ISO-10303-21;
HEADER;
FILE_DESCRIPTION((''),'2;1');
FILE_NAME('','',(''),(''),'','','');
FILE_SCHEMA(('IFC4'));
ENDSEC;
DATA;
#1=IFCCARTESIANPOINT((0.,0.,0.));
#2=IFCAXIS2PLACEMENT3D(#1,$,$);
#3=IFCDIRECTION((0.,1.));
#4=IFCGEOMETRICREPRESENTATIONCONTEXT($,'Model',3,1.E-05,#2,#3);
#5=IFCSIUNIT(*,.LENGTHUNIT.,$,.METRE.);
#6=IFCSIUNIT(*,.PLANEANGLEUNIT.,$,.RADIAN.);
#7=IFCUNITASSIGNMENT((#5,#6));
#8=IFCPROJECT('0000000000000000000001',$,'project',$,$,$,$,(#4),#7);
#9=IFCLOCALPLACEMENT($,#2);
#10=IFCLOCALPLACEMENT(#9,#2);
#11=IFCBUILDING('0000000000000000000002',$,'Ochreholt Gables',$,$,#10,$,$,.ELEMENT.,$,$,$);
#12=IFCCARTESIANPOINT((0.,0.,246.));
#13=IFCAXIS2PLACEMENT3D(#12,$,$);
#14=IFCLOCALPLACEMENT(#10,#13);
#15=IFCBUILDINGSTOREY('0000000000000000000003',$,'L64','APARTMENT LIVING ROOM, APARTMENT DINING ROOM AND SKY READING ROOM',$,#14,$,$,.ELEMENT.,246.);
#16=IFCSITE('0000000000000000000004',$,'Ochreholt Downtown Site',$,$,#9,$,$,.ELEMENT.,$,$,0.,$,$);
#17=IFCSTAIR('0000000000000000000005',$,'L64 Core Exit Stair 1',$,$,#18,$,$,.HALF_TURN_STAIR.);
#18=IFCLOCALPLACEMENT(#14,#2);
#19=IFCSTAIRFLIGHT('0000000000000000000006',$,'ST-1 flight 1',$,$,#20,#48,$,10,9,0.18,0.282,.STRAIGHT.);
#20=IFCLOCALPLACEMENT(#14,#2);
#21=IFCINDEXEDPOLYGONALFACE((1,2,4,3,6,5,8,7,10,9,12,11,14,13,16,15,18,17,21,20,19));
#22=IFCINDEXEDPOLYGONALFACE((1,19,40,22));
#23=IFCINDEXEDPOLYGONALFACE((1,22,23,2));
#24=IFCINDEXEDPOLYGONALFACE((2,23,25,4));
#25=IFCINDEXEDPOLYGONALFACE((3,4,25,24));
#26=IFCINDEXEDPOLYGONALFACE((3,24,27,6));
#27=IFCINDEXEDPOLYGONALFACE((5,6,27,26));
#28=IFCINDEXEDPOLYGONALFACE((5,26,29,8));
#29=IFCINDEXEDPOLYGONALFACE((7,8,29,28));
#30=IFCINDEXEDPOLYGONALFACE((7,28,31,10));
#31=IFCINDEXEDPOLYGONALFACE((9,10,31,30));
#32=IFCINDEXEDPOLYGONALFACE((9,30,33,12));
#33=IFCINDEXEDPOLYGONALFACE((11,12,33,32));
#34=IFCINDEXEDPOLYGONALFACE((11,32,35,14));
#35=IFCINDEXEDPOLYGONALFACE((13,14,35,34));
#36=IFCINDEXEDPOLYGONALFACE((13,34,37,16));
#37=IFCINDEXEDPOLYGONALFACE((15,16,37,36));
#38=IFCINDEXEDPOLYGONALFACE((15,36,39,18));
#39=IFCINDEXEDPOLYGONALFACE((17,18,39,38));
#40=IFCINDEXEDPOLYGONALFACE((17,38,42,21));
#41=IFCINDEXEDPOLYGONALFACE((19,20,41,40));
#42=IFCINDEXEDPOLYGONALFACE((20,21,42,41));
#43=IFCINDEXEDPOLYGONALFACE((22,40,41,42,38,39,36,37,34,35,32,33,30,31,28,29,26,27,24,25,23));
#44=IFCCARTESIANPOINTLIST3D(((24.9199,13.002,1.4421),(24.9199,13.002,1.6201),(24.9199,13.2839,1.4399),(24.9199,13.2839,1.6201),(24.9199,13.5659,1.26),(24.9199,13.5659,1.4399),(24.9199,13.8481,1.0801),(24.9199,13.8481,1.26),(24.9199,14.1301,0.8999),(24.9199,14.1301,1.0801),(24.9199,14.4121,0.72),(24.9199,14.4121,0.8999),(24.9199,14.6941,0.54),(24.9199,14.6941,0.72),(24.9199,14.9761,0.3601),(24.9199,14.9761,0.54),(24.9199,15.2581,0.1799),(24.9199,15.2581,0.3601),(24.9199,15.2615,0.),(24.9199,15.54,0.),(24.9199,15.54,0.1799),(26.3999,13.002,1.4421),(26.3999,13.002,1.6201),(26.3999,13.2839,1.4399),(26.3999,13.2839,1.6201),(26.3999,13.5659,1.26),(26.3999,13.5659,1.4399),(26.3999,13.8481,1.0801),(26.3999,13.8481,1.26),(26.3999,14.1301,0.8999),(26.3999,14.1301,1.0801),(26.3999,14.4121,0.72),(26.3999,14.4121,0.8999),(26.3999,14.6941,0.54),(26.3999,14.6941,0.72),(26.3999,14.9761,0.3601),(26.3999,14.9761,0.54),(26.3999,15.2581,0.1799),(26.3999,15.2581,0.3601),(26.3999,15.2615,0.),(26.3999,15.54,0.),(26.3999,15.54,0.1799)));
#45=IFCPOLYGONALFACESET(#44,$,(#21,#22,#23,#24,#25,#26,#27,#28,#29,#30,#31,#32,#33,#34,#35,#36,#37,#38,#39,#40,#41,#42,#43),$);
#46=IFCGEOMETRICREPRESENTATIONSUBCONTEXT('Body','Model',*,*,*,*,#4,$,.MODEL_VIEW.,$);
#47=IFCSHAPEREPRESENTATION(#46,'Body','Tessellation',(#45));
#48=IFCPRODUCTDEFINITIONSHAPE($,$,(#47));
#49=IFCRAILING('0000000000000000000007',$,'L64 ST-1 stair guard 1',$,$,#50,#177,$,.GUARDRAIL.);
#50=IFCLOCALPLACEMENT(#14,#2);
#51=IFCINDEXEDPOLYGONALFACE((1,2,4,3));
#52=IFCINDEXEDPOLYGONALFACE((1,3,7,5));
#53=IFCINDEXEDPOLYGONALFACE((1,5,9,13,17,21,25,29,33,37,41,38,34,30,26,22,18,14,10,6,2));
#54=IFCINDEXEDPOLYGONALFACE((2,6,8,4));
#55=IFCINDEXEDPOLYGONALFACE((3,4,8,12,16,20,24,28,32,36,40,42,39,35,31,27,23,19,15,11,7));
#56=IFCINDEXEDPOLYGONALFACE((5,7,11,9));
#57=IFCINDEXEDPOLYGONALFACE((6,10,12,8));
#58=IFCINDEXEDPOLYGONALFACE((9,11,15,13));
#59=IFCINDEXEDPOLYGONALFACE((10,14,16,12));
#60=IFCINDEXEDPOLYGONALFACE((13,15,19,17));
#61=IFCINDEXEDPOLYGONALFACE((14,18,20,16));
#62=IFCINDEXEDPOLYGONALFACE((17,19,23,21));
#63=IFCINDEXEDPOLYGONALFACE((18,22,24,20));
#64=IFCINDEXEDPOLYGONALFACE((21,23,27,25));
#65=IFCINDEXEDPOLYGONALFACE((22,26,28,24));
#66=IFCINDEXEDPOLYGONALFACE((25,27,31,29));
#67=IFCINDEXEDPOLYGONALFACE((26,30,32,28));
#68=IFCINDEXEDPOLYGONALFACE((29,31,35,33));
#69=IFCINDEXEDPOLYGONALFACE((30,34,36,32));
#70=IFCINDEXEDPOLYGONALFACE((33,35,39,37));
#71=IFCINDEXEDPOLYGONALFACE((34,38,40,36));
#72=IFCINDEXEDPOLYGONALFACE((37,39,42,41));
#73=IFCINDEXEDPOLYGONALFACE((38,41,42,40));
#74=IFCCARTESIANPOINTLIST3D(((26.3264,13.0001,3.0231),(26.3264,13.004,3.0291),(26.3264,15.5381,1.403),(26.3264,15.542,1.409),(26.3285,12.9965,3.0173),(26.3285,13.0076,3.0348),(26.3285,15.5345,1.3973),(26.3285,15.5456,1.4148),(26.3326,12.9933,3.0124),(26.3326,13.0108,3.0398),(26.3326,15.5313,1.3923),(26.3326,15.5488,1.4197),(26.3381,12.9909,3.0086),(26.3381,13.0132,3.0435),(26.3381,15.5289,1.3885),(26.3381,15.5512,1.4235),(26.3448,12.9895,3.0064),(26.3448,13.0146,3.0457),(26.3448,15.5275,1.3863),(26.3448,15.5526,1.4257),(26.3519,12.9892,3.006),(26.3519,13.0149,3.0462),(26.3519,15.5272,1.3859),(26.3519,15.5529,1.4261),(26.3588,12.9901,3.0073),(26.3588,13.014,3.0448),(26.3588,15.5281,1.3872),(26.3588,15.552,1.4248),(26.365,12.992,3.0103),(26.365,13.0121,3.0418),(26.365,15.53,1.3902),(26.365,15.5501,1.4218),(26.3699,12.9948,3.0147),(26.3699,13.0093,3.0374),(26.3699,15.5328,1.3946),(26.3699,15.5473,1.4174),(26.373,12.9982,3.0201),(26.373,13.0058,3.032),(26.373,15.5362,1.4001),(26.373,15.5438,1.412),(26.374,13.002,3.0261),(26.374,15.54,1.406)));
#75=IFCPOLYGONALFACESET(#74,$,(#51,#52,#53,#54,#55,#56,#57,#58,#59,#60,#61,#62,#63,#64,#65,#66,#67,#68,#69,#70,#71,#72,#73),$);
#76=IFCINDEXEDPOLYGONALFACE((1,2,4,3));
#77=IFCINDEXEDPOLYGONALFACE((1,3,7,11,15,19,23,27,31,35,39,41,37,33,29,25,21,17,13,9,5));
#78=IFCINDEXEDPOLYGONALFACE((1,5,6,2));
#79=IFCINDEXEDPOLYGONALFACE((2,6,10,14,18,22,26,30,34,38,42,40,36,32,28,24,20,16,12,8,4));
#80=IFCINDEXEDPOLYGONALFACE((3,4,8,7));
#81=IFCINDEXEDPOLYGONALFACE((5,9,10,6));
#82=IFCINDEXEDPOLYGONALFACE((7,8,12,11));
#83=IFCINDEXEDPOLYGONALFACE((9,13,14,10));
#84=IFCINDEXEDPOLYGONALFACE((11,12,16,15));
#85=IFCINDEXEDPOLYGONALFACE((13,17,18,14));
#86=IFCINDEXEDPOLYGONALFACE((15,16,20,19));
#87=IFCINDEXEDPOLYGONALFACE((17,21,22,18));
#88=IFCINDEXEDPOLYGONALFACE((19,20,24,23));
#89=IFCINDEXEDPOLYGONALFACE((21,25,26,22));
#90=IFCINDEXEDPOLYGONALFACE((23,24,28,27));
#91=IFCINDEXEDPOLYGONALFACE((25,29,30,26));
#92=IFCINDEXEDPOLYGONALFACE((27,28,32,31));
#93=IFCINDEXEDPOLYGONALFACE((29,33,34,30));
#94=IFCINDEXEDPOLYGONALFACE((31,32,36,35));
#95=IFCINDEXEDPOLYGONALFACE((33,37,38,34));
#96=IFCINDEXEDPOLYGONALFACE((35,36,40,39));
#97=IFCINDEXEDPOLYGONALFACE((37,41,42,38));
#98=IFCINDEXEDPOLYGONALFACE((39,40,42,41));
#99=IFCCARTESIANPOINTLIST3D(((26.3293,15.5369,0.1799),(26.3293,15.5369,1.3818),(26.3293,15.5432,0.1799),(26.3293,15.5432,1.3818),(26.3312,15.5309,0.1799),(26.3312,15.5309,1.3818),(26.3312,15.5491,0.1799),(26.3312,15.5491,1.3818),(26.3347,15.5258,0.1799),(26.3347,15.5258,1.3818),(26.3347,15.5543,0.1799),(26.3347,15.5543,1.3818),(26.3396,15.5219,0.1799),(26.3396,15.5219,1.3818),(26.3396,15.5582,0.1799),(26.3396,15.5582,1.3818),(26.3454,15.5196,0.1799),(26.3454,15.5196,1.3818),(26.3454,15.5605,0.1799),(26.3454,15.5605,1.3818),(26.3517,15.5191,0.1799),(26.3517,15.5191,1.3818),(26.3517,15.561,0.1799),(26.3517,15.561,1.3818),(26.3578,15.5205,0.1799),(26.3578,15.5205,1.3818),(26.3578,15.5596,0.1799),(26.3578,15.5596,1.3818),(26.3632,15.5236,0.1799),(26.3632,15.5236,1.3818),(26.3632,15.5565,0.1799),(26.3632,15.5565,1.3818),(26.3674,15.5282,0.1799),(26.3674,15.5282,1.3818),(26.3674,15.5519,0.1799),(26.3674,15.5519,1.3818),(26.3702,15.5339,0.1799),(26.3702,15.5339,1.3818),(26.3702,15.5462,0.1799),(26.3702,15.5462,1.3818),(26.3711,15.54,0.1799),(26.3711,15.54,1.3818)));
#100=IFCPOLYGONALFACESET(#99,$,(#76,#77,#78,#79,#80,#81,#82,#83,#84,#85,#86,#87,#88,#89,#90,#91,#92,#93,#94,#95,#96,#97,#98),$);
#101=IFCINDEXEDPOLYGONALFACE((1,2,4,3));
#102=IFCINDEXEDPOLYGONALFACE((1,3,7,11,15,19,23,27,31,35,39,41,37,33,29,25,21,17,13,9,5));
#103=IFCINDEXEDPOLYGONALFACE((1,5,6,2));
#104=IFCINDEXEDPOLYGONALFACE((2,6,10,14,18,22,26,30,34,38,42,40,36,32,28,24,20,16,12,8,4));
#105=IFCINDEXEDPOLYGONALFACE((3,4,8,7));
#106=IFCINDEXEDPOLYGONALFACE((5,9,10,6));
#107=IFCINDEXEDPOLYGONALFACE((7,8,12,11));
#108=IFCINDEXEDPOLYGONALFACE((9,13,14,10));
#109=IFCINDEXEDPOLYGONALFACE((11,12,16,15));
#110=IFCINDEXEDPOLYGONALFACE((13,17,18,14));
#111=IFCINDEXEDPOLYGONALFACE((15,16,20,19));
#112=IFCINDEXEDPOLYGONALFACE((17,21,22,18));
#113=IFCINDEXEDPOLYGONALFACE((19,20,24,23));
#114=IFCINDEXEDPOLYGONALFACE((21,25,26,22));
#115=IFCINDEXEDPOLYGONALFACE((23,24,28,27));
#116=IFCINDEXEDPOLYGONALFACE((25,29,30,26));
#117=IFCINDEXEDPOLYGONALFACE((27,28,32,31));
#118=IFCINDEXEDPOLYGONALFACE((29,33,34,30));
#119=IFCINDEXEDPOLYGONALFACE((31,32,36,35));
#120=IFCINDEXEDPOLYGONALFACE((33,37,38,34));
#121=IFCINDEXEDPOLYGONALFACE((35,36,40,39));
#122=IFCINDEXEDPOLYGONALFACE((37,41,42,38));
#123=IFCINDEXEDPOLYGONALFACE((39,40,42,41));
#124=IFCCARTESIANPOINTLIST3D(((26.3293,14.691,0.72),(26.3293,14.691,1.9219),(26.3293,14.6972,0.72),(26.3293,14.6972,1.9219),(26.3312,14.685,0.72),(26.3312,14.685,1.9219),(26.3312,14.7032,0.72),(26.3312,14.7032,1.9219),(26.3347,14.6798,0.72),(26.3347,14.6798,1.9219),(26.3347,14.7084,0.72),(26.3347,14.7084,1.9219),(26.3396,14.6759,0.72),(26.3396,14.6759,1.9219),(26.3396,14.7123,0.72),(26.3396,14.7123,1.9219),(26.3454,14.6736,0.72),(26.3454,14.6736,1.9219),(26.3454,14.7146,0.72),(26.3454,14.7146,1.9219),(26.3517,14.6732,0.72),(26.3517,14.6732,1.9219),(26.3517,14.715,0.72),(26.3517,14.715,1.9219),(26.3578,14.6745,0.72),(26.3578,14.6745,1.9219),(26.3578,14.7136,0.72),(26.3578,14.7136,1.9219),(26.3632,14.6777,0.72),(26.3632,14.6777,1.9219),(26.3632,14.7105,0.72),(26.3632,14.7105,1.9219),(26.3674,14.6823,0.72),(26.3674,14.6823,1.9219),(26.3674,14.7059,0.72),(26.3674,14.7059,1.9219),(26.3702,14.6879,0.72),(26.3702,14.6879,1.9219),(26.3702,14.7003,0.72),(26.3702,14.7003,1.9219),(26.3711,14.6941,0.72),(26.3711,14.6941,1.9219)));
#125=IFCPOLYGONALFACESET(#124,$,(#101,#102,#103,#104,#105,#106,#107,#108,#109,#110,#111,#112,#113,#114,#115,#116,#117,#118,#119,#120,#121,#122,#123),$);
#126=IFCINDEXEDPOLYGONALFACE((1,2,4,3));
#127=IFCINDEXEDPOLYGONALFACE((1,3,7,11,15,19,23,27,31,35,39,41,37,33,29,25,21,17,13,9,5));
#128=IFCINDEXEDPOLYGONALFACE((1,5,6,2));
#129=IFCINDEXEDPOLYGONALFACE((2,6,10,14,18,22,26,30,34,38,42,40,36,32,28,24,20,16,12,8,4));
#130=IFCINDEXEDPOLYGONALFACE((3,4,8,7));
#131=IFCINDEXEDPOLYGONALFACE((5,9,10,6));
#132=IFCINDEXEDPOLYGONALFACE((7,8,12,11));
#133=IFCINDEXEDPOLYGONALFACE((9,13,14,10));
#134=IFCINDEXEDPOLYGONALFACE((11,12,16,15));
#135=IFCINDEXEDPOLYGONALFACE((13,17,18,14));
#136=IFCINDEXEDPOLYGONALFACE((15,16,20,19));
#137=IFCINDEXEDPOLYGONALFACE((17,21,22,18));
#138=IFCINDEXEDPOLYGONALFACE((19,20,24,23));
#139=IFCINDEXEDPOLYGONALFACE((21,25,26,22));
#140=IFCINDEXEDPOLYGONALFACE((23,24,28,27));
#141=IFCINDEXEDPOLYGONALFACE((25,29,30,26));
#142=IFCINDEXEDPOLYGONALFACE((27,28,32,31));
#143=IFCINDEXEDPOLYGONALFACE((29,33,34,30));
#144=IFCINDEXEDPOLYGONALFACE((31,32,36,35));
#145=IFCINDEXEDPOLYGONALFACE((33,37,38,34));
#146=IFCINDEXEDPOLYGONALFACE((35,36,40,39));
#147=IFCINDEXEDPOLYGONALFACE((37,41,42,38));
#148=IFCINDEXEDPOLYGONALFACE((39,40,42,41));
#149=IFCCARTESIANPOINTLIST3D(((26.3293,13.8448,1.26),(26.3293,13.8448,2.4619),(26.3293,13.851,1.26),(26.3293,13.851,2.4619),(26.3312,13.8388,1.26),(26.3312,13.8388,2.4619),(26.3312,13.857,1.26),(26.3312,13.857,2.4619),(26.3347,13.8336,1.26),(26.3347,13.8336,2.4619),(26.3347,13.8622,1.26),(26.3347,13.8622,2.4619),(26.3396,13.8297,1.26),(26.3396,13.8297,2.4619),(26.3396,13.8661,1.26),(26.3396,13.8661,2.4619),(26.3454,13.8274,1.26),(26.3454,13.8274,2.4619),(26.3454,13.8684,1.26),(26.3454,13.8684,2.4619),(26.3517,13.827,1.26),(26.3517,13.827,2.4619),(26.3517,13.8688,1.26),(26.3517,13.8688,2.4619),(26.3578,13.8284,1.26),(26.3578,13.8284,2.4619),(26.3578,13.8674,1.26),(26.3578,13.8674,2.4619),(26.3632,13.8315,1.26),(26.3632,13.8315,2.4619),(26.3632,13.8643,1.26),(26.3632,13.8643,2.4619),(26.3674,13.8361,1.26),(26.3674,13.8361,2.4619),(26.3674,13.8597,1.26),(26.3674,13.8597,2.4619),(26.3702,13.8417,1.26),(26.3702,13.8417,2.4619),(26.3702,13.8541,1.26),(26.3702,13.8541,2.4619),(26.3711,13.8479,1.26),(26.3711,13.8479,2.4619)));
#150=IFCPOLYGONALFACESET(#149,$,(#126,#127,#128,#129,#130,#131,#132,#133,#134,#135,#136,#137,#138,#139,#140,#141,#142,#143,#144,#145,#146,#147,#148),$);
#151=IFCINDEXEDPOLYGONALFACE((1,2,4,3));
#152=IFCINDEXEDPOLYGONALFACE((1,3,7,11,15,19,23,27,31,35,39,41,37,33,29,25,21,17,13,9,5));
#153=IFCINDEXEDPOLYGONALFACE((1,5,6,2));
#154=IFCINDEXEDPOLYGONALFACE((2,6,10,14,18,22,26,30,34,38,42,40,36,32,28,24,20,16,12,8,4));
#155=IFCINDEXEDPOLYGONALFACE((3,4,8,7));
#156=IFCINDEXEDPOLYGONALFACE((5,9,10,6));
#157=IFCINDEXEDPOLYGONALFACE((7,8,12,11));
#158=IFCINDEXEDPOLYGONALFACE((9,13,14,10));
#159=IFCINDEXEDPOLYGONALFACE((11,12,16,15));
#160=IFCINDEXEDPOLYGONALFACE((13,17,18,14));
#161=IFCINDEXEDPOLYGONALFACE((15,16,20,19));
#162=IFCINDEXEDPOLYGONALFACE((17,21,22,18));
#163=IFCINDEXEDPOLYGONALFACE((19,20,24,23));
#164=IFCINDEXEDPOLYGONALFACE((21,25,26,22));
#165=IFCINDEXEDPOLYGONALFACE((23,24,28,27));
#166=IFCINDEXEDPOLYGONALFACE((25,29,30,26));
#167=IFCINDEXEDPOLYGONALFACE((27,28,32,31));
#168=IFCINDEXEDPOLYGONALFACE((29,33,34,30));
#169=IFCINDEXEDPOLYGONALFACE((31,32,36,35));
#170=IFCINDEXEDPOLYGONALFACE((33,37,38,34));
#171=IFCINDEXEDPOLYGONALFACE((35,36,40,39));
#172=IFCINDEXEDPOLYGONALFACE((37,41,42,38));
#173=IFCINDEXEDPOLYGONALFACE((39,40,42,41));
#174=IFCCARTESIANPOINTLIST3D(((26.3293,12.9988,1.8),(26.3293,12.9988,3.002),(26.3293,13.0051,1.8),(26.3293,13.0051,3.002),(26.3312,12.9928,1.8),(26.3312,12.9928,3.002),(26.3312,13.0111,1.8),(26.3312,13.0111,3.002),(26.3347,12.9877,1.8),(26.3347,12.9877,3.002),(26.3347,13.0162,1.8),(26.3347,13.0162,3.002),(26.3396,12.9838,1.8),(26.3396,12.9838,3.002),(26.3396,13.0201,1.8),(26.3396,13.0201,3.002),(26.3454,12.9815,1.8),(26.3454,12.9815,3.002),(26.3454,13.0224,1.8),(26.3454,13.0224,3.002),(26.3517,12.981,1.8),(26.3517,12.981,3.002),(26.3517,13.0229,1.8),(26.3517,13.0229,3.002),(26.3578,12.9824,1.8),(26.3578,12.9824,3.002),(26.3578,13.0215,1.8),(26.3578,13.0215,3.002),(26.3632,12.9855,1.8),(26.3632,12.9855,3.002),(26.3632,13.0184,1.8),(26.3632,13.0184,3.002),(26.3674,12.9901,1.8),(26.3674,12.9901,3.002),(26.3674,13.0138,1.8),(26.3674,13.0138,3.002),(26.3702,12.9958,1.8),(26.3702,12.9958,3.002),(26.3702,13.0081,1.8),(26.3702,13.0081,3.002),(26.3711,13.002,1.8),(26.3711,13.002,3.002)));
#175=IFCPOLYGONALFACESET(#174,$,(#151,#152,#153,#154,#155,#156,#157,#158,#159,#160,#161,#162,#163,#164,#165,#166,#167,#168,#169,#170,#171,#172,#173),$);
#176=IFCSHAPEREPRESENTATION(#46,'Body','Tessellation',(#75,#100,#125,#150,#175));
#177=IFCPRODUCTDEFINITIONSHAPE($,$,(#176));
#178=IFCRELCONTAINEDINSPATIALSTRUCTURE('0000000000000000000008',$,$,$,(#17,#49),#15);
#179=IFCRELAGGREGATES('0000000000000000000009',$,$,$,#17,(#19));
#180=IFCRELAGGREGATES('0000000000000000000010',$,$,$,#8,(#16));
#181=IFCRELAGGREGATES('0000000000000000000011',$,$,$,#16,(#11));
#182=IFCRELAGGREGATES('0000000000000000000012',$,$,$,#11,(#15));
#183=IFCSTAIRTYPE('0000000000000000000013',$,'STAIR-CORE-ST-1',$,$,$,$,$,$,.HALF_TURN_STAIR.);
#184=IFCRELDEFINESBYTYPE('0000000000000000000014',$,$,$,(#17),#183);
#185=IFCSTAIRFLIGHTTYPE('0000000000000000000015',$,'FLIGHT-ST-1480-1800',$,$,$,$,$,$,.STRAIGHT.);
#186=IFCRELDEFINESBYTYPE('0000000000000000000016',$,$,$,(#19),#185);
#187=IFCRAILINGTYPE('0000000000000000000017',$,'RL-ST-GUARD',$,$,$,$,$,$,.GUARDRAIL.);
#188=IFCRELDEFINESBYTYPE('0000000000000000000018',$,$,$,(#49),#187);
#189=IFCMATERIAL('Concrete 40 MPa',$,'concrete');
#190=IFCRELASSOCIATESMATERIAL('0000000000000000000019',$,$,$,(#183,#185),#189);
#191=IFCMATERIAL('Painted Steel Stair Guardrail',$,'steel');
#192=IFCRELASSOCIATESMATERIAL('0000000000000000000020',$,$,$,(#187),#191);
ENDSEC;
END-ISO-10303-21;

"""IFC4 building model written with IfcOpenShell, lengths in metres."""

from ifc_helpers import new_model, si_unit, direction, frame, origin, origin_2d, place, context, subcontext, project, spatial, polyline, circle, outline, extrude, material, type_object, element, aggregate, save


model = new_model("IFC4")

# Units and contexts
model_context = context("Model", 3, precision=1e-05, world=origin(), true_north=direction((0.0, 1.0)))
body_context = subcontext(model_context, "Body", "Model", "MODEL_VIEW")
ifc_project = project(units=[si_unit("LENGTHUNIT", "METRE"), si_unit("PLANEANGLEUNIT", "RADIAN")], contexts=[model_context])

# Site, building, storey
site_placement = place(None, origin())
site = spatial("IfcSite", under=ifc_project, at=site_placement, Name="Ochreholt Downtown Site", CompositionType="ELEMENT", RefElevation=0.0)
building_placement = place(site_placement, origin())
building = spatial("IfcBuilding", under=site, at=building_placement, Name="Ochreholt Gables", CompositionType="ELEMENT")
storey_placement = place(building_placement, frame((0.0, 0.0, 246.0)))
storey = spatial("IfcBuildingStorey", under=building, at=storey_placement, Name="L64", Description="APARTMENT LIVING ROOM, APARTMENT DINING ROOM AND SKY READING ROOM", CompositionType="ELEMENT", Elevation=246.0)

# Shared definitions
ifc_material_1 = material(Name="Concrete 40 MPa", Category="concrete")

# Stair, stair flight
stair_type = type_object("IfcStairType", Name="STAIR-CORE-ST-1", PredefinedType="HALF_TURN_STAIR", material=ifc_material_1)
stair_placement = place(storey_placement, origin())
stair = element("IfcStair", 1, at=stair_placement, inside=storey, type_object=stair_type, Name="L64 Core Exit Stair 1", PredefinedType="HALF_TURN_STAIR")
stair_flight_type = type_object("IfcStairFlightType", Name="FLIGHT-ST-1480-1800", PredefinedType="STRAIGHT", material=ifc_material_1)
stair_flight_placement = place(storey_placement, frame((25.6599, 15.54, 0.0), z_axis=(0.0, 0.0, 1.0), x_axis=(0.0, -1.0, 0.0)))
stair_flight = element("IfcStairFlight", 2, at=stair_flight_placement, type_object=stair_flight_type, Name="ST-1 flight 1", NumberOfRisers=10, NumberOfTreads=9, PredefinedType="STRAIGHT", RiserHeight=0.18, TreadLength=0.282, context=body_context, shape_type="SweptSolid", body=[
    extrude(outline(polyline([(0.0, 0.0), (0.0, 0.1799), (0.282, 0.1799), (0.282, 0.3601), (0.564, 0.3601), (0.564, 0.54), (0.8459, 0.54), (0.8459, 0.72), (1.1279, 0.72), (1.1279, 0.8999), (1.4099, 0.8999), (1.4099, 1.0801), (1.6919, 1.0801), (1.6919, 1.26), (1.9741, 1.26), (1.9741, 1.4399), (2.2561, 1.4399), (2.2561, 1.6201), (2.5381, 1.6201), (2.5381, 1.8), (2.5381, 1.4421), (0.2786, 0.0), (0.0, 0.0)])), frame((0.0, 0.74, 0.0), z_axis=(0.0, -1.0, 0.0), x_axis=(1.0, 0.0, 0.0)), (0.0, 0.0, 1.0), 1.48),
])
aggregate(stair, [stair_flight])

# Railing
ifc_material_2 = material(Name="Painted Steel Stair Guardrail", Category="steel")
railing_type_1 = type_object("IfcRailingType", Name="RL-ST-GUARD", PredefinedType="GUARDRAIL", material=ifc_material_2)
railing_1_placement = place(storey_placement, frame((26.3501, 15.54, 0.1799)))
element("IfcRailing", 3, at=railing_1_placement, inside=storey, type_object=railing_type_1, Name="L64 ST-1 stair guard 1", PredefinedType="GUARDRAIL", context=body_context, shape_type="SweptSolid", body=[
    extrude(circle(Radius=0.0239, at=origin_2d()), frame((0.0, 0.0, 1.2261), z_axis=(0.0, -0.842913, 0.53805), x_axis=(1.0, 0.0, 0.0)), (0.0, 0.0, 1.0), 3.011),
    extrude(circle(Radius=0.021, at=origin_2d()), origin(), (0.0, 0.0, 1.0), 1.2019),
    extrude(circle(Radius=0.021, at=origin_2d()), frame((0.0, -0.8459, 0.54)), (0.0, 0.0, 1.0), 1.2019),
    extrude(circle(Radius=0.021, at=origin_2d()), frame((0.0, -1.6921, 1.0801)), (0.0, 0.0, 1.0), 1.2019),
    extrude(circle(Radius=0.021, at=origin_2d()), frame((0.0, -2.5381, 1.6201)), (0.0, 0.0, 1.0), 1.2019),
])

save(model, "model.ifc")
